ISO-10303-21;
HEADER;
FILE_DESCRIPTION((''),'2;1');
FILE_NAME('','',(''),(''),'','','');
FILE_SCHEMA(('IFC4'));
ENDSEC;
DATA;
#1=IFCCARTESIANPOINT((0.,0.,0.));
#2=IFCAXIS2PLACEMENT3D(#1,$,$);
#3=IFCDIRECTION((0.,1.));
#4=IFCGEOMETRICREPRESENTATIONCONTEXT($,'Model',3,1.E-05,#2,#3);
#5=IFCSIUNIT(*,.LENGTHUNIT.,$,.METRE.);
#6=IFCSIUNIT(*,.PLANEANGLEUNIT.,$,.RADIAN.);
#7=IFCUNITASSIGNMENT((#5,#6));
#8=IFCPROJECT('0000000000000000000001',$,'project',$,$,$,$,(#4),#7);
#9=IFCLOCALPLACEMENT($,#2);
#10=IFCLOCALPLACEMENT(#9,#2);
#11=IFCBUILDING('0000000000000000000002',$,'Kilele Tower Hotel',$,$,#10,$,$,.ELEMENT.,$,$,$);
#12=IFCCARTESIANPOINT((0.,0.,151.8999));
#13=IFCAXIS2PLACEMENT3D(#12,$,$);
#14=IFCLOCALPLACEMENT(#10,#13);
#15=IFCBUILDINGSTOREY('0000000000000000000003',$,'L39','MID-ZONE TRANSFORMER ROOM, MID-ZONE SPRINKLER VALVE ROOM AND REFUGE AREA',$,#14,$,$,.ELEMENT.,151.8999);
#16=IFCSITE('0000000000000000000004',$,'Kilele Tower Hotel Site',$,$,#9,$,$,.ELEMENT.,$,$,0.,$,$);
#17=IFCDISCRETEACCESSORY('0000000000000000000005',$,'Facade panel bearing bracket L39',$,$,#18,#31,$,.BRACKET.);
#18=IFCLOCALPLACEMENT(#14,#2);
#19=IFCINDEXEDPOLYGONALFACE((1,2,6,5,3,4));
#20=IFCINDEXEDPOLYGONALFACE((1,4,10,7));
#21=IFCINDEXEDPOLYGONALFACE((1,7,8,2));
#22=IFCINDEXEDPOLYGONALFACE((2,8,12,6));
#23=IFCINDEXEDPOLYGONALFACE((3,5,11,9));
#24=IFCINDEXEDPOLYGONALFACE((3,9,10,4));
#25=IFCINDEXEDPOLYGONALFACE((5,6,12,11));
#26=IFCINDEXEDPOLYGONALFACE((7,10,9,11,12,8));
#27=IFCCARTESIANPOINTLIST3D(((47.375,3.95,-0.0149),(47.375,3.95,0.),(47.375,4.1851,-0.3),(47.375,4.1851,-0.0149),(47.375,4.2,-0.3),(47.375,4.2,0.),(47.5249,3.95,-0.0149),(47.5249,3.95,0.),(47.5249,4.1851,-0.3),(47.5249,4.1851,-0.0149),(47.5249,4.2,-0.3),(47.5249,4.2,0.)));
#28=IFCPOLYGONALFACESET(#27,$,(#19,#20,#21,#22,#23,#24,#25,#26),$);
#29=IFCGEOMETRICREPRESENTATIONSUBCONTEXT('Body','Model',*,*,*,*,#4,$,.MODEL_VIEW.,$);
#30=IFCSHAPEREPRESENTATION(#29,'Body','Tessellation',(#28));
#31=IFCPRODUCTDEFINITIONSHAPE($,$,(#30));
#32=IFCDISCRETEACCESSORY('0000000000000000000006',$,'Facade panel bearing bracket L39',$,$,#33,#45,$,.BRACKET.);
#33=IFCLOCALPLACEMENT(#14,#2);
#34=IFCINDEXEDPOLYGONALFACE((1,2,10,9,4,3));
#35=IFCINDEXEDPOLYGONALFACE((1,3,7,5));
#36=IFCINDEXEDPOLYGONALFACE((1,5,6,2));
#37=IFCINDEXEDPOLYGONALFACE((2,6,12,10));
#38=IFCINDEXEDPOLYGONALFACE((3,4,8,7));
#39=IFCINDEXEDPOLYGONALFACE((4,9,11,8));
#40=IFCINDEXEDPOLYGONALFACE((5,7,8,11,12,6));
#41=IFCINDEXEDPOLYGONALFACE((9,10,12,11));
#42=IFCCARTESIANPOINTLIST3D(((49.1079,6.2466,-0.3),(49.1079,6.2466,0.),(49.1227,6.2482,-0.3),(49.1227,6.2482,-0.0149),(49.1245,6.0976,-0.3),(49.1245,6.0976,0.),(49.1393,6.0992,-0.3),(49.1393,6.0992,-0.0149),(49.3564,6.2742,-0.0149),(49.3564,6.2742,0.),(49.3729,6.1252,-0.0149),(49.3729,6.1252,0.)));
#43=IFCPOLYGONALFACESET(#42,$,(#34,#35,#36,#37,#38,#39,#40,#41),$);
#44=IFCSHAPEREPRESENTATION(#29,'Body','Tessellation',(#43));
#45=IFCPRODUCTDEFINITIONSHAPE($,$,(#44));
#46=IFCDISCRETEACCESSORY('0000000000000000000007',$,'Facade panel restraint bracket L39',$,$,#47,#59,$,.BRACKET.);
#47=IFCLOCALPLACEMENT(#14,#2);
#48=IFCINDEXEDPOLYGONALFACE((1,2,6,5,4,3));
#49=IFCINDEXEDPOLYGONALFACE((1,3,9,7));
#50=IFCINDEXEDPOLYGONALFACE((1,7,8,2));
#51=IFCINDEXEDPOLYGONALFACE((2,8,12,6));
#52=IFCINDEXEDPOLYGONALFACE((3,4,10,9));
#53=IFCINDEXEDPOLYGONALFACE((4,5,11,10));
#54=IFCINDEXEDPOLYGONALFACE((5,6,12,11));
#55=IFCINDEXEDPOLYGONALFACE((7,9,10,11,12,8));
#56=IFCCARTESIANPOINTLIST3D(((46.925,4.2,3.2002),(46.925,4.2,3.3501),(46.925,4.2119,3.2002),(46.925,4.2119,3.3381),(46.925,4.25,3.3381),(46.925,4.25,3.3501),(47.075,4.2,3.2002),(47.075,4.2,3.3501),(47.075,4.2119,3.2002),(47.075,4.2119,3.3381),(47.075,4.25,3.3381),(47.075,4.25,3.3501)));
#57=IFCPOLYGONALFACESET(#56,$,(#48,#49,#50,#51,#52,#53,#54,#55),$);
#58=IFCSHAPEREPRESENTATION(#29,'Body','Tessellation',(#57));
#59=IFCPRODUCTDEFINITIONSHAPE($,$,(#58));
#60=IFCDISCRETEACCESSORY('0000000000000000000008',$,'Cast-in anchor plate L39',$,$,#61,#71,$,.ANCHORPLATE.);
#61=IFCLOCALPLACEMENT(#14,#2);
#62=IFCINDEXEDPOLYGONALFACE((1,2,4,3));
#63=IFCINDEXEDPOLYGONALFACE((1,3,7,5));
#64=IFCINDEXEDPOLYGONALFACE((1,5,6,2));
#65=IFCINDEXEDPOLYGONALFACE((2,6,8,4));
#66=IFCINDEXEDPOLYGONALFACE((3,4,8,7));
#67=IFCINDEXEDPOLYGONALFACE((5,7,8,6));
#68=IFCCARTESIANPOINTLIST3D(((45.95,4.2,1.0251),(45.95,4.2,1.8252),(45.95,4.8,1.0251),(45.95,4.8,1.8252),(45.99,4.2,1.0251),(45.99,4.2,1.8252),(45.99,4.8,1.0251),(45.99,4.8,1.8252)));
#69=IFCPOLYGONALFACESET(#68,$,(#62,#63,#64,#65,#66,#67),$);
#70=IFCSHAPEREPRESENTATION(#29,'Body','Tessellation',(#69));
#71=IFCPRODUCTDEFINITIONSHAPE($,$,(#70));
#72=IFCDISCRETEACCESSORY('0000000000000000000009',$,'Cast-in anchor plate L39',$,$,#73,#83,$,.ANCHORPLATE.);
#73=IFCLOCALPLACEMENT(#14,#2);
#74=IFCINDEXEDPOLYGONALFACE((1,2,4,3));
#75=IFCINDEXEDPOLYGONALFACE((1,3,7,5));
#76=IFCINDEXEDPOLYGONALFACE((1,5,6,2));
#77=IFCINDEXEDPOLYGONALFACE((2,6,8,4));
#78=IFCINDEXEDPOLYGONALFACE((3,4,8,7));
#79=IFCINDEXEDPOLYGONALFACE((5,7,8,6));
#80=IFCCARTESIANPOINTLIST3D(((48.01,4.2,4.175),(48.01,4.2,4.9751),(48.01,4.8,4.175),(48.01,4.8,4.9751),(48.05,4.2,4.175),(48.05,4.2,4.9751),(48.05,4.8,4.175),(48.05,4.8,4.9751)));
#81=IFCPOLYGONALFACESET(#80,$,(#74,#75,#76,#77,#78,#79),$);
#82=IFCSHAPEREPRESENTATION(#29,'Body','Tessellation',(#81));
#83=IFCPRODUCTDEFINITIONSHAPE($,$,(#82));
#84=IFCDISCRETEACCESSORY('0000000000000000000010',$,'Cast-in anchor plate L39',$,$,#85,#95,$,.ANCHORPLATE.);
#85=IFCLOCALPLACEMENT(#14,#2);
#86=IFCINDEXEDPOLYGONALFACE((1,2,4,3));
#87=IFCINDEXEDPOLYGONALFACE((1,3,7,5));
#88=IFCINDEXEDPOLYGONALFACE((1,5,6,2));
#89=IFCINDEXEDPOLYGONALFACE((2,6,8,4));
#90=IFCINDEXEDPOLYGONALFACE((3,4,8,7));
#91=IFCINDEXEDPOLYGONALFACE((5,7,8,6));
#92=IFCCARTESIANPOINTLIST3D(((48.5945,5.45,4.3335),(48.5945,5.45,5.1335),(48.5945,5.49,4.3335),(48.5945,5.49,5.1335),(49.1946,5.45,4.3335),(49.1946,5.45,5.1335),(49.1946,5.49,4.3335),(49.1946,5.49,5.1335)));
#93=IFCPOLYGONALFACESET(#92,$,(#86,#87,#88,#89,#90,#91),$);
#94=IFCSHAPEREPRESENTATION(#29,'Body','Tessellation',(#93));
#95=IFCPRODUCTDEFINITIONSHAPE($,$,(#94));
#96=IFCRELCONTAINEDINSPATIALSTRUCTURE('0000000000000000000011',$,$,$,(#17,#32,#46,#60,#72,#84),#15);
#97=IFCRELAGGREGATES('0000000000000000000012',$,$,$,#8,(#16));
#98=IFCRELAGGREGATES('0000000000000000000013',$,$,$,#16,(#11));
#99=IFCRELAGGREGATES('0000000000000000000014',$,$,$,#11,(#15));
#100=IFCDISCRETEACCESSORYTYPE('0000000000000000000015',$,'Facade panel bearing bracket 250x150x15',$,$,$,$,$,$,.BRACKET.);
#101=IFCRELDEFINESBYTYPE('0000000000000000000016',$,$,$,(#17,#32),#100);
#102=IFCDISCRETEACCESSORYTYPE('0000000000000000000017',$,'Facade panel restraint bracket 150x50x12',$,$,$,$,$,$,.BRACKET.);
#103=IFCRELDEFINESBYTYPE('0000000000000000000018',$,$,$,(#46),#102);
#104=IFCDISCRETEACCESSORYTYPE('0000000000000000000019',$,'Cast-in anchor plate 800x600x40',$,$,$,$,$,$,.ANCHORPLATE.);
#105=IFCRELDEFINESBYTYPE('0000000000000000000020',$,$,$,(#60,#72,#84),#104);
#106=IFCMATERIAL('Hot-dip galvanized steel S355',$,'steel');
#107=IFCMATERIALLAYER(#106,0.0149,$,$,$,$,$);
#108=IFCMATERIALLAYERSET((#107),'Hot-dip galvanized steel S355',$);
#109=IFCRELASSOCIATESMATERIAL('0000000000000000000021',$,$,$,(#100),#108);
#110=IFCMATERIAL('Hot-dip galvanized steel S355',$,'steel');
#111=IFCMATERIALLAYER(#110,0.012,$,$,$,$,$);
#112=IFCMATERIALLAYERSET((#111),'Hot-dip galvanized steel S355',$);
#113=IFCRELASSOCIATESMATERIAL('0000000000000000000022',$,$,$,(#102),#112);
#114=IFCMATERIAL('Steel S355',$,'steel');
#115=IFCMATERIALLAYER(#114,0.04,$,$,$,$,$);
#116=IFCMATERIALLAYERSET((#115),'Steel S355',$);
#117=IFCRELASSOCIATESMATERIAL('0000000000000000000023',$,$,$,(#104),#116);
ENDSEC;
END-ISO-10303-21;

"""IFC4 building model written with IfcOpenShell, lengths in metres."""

from ifc_helpers import new_model, si_unit, direction, frame, origin, place, context, subcontext, project, spatial, polyline, outline, extrude, source, transform, mapped, material, layer, layer_set, type_object, element, save


model = new_model("IFC4")

# Units and contexts
model_context = context("Model", 3, precision=1e-05, world=origin(), true_north=direction((0.0, 1.0)))
body_context = subcontext(model_context, "Body", "Model", "MODEL_VIEW")
ifc_project = project(units=[si_unit("LENGTHUNIT", "METRE"), si_unit("PLANEANGLEUNIT", "RADIAN")], contexts=[model_context])

# Site, building, storey
site_placement = place(None, origin())
site = spatial("IfcSite", under=ifc_project, at=site_placement, Name="Kilele Tower Hotel Site", CompositionType="ELEMENT", RefElevation=0.0)
building_placement = place(site_placement, origin())
building = spatial("IfcBuilding", under=site, at=building_placement, Name="Kilele Tower Hotel", CompositionType="ELEMENT")
storey_placement = place(building_placement, frame((0.0, 0.0, 151.8999)))
storey = spatial("IfcBuildingStorey", under=building, at=storey_placement, Name="L39", Description="MID-ZONE TRANSFORMER ROOM, MID-ZONE SPRINKLER VALVE ROOM AND REFUGE AREA", CompositionType="ELEMENT", Elevation=151.8999)

# Discrete accessories
ifc_material_1 = material(Name="Hot-dip galvanized steel S355", Category="steel")
ifc_layer_1 = layer(ifc_material_1, 0.0149)
ifc_layer_set_1 = layer_set([ifc_layer_1], Name="Hot-dip galvanized steel S355")
discrete_accessory_type_1 = type_object("IfcDiscreteAccessoryType", Name="Facade panel bearing bracket 250x150x15", PredefinedType="BRACKET", material=ifc_layer_set_1)
shared_shape_1 = source(origin(), body_context, "Body", "SweptSolid", [
    extrude(outline(polyline([(0.0, 0.0), (0.25, 0.0), (0.25, -0.0149), (0.0149, -0.0149), (0.0149, -0.3), (0.0, -0.3), (0.0, 0.0)])), origin(), (0.0, 0.0, 1.0), 0.1499),
])
for number, where, z_axis, x_axis, name in (
    (1, (47.5249, 4.2, 0.0), (-1.0, 0.0, 0.0), (0.0, -1.0, 0.0), "Facade panel bearing bracket L39"),
    (2, (49.1079, 6.2466, 0.0), (0.110432, -0.993884, 0.0), (0.993884, 0.110432, 0.0), "Facade panel bearing bracket L39"),
):
    element("IfcDiscreteAccessory", number, at=place(storey_placement, frame(where, z_axis=z_axis, x_axis=x_axis)), inside=storey, type_object=discrete_accessory_type_1, Name=name, PredefinedType="BRACKET", context=body_context, shape_type="MappedRepresentation", body=[
        mapped(shared_shape_1, transform((0.0, 0.0, 0.0))),
    ])
ifc_material_2 = material(Name="Hot-dip galvanized steel S355", Category="steel")
ifc_layer_2 = layer(ifc_material_2, 0.012)
ifc_layer_set_2 = layer_set([ifc_layer_2], Name="Hot-dip galvanized steel S355")
discrete_accessory_type_2 = type_object("IfcDiscreteAccessoryType", Name="Facade panel restraint bracket 150x50x12", PredefinedType="BRACKET", material=ifc_layer_set_2)
shared_shape_2 = source(origin(), body_context, "Body", "SweptSolid", [
    extrude(outline(polyline([(0.0, 0.0), (0.0, -0.1499), (-0.012, -0.1499), (-0.012, -0.012), (-0.05, -0.012), (-0.05, 0.0), (0.0, 0.0)])), origin(), (0.0, 0.0, 1.0), 0.1499),
])
discrete_accessory_placement = place(storey_placement, frame((47.075, 4.2, 3.3501), z_axis=(-1.0, 0.0, 0.0), x_axis=(0.0, -1.0, 0.0)))
element("IfcDiscreteAccessory", 3, at=discrete_accessory_placement, inside=storey, type_object=discrete_accessory_type_2, Name="Facade panel restraint bracket L39", PredefinedType="BRACKET", context=body_context, shape_type="MappedRepresentation", body=[
    mapped(shared_shape_2, transform((0.0, 0.0, 0.0))),
])
ifc_material_3 = material(Name="Steel S355", Category="steel")
ifc_layer_3 = layer(ifc_material_3, 0.04)
ifc_layer_set_3 = layer_set([ifc_layer_3], Name="Steel S355")
discrete_accessory_type_3 = type_object("IfcDiscreteAccessoryType", Name="Cast-in anchor plate 800x600x40", PredefinedType="ANCHORPLATE", material=ifc_layer_set_3)
shared_shape_3 = source(origin(), body_context, "Body", "SweptSolid", [
    extrude(outline(polyline([(0.0, 0.0), (0.04, 0.0), (0.04, 0.8), (0.0, 0.8), (0.0, 0.0)])), origin(), (0.0, 0.0, 1.0), 0.6001),
])
for number, where, z_axis, x_axis, name in (
    (4, (45.95, 4.8, 1.0251), (0.0, -1.0, 0.0), (1.0, 0.0, 0.0), "Cast-in anchor plate L39"),
    (5, (48.05, 4.2, 4.175), (0.0, 1.0, 0.0), (-1.0, 0.0, 0.0), "Cast-in anchor plate L39"),
    (6, (48.5945, 5.45, 4.3335), (1.0, 0.0, 0.0), (0.0, 1.0, 0.0), "Cast-in anchor plate L39"),
):
    element("IfcDiscreteAccessory", number, at=place(storey_placement, frame(where, z_axis=z_axis, x_axis=x_axis)), inside=storey, type_object=discrete_accessory_type_3, Name=name, PredefinedType="ANCHORPLATE", context=body_context, shape_type="MappedRepresentation", body=[
        mapped(shared_shape_3, transform((0.0, 0.0, 0.0))),
    ])

save(model, "model.ifc")
